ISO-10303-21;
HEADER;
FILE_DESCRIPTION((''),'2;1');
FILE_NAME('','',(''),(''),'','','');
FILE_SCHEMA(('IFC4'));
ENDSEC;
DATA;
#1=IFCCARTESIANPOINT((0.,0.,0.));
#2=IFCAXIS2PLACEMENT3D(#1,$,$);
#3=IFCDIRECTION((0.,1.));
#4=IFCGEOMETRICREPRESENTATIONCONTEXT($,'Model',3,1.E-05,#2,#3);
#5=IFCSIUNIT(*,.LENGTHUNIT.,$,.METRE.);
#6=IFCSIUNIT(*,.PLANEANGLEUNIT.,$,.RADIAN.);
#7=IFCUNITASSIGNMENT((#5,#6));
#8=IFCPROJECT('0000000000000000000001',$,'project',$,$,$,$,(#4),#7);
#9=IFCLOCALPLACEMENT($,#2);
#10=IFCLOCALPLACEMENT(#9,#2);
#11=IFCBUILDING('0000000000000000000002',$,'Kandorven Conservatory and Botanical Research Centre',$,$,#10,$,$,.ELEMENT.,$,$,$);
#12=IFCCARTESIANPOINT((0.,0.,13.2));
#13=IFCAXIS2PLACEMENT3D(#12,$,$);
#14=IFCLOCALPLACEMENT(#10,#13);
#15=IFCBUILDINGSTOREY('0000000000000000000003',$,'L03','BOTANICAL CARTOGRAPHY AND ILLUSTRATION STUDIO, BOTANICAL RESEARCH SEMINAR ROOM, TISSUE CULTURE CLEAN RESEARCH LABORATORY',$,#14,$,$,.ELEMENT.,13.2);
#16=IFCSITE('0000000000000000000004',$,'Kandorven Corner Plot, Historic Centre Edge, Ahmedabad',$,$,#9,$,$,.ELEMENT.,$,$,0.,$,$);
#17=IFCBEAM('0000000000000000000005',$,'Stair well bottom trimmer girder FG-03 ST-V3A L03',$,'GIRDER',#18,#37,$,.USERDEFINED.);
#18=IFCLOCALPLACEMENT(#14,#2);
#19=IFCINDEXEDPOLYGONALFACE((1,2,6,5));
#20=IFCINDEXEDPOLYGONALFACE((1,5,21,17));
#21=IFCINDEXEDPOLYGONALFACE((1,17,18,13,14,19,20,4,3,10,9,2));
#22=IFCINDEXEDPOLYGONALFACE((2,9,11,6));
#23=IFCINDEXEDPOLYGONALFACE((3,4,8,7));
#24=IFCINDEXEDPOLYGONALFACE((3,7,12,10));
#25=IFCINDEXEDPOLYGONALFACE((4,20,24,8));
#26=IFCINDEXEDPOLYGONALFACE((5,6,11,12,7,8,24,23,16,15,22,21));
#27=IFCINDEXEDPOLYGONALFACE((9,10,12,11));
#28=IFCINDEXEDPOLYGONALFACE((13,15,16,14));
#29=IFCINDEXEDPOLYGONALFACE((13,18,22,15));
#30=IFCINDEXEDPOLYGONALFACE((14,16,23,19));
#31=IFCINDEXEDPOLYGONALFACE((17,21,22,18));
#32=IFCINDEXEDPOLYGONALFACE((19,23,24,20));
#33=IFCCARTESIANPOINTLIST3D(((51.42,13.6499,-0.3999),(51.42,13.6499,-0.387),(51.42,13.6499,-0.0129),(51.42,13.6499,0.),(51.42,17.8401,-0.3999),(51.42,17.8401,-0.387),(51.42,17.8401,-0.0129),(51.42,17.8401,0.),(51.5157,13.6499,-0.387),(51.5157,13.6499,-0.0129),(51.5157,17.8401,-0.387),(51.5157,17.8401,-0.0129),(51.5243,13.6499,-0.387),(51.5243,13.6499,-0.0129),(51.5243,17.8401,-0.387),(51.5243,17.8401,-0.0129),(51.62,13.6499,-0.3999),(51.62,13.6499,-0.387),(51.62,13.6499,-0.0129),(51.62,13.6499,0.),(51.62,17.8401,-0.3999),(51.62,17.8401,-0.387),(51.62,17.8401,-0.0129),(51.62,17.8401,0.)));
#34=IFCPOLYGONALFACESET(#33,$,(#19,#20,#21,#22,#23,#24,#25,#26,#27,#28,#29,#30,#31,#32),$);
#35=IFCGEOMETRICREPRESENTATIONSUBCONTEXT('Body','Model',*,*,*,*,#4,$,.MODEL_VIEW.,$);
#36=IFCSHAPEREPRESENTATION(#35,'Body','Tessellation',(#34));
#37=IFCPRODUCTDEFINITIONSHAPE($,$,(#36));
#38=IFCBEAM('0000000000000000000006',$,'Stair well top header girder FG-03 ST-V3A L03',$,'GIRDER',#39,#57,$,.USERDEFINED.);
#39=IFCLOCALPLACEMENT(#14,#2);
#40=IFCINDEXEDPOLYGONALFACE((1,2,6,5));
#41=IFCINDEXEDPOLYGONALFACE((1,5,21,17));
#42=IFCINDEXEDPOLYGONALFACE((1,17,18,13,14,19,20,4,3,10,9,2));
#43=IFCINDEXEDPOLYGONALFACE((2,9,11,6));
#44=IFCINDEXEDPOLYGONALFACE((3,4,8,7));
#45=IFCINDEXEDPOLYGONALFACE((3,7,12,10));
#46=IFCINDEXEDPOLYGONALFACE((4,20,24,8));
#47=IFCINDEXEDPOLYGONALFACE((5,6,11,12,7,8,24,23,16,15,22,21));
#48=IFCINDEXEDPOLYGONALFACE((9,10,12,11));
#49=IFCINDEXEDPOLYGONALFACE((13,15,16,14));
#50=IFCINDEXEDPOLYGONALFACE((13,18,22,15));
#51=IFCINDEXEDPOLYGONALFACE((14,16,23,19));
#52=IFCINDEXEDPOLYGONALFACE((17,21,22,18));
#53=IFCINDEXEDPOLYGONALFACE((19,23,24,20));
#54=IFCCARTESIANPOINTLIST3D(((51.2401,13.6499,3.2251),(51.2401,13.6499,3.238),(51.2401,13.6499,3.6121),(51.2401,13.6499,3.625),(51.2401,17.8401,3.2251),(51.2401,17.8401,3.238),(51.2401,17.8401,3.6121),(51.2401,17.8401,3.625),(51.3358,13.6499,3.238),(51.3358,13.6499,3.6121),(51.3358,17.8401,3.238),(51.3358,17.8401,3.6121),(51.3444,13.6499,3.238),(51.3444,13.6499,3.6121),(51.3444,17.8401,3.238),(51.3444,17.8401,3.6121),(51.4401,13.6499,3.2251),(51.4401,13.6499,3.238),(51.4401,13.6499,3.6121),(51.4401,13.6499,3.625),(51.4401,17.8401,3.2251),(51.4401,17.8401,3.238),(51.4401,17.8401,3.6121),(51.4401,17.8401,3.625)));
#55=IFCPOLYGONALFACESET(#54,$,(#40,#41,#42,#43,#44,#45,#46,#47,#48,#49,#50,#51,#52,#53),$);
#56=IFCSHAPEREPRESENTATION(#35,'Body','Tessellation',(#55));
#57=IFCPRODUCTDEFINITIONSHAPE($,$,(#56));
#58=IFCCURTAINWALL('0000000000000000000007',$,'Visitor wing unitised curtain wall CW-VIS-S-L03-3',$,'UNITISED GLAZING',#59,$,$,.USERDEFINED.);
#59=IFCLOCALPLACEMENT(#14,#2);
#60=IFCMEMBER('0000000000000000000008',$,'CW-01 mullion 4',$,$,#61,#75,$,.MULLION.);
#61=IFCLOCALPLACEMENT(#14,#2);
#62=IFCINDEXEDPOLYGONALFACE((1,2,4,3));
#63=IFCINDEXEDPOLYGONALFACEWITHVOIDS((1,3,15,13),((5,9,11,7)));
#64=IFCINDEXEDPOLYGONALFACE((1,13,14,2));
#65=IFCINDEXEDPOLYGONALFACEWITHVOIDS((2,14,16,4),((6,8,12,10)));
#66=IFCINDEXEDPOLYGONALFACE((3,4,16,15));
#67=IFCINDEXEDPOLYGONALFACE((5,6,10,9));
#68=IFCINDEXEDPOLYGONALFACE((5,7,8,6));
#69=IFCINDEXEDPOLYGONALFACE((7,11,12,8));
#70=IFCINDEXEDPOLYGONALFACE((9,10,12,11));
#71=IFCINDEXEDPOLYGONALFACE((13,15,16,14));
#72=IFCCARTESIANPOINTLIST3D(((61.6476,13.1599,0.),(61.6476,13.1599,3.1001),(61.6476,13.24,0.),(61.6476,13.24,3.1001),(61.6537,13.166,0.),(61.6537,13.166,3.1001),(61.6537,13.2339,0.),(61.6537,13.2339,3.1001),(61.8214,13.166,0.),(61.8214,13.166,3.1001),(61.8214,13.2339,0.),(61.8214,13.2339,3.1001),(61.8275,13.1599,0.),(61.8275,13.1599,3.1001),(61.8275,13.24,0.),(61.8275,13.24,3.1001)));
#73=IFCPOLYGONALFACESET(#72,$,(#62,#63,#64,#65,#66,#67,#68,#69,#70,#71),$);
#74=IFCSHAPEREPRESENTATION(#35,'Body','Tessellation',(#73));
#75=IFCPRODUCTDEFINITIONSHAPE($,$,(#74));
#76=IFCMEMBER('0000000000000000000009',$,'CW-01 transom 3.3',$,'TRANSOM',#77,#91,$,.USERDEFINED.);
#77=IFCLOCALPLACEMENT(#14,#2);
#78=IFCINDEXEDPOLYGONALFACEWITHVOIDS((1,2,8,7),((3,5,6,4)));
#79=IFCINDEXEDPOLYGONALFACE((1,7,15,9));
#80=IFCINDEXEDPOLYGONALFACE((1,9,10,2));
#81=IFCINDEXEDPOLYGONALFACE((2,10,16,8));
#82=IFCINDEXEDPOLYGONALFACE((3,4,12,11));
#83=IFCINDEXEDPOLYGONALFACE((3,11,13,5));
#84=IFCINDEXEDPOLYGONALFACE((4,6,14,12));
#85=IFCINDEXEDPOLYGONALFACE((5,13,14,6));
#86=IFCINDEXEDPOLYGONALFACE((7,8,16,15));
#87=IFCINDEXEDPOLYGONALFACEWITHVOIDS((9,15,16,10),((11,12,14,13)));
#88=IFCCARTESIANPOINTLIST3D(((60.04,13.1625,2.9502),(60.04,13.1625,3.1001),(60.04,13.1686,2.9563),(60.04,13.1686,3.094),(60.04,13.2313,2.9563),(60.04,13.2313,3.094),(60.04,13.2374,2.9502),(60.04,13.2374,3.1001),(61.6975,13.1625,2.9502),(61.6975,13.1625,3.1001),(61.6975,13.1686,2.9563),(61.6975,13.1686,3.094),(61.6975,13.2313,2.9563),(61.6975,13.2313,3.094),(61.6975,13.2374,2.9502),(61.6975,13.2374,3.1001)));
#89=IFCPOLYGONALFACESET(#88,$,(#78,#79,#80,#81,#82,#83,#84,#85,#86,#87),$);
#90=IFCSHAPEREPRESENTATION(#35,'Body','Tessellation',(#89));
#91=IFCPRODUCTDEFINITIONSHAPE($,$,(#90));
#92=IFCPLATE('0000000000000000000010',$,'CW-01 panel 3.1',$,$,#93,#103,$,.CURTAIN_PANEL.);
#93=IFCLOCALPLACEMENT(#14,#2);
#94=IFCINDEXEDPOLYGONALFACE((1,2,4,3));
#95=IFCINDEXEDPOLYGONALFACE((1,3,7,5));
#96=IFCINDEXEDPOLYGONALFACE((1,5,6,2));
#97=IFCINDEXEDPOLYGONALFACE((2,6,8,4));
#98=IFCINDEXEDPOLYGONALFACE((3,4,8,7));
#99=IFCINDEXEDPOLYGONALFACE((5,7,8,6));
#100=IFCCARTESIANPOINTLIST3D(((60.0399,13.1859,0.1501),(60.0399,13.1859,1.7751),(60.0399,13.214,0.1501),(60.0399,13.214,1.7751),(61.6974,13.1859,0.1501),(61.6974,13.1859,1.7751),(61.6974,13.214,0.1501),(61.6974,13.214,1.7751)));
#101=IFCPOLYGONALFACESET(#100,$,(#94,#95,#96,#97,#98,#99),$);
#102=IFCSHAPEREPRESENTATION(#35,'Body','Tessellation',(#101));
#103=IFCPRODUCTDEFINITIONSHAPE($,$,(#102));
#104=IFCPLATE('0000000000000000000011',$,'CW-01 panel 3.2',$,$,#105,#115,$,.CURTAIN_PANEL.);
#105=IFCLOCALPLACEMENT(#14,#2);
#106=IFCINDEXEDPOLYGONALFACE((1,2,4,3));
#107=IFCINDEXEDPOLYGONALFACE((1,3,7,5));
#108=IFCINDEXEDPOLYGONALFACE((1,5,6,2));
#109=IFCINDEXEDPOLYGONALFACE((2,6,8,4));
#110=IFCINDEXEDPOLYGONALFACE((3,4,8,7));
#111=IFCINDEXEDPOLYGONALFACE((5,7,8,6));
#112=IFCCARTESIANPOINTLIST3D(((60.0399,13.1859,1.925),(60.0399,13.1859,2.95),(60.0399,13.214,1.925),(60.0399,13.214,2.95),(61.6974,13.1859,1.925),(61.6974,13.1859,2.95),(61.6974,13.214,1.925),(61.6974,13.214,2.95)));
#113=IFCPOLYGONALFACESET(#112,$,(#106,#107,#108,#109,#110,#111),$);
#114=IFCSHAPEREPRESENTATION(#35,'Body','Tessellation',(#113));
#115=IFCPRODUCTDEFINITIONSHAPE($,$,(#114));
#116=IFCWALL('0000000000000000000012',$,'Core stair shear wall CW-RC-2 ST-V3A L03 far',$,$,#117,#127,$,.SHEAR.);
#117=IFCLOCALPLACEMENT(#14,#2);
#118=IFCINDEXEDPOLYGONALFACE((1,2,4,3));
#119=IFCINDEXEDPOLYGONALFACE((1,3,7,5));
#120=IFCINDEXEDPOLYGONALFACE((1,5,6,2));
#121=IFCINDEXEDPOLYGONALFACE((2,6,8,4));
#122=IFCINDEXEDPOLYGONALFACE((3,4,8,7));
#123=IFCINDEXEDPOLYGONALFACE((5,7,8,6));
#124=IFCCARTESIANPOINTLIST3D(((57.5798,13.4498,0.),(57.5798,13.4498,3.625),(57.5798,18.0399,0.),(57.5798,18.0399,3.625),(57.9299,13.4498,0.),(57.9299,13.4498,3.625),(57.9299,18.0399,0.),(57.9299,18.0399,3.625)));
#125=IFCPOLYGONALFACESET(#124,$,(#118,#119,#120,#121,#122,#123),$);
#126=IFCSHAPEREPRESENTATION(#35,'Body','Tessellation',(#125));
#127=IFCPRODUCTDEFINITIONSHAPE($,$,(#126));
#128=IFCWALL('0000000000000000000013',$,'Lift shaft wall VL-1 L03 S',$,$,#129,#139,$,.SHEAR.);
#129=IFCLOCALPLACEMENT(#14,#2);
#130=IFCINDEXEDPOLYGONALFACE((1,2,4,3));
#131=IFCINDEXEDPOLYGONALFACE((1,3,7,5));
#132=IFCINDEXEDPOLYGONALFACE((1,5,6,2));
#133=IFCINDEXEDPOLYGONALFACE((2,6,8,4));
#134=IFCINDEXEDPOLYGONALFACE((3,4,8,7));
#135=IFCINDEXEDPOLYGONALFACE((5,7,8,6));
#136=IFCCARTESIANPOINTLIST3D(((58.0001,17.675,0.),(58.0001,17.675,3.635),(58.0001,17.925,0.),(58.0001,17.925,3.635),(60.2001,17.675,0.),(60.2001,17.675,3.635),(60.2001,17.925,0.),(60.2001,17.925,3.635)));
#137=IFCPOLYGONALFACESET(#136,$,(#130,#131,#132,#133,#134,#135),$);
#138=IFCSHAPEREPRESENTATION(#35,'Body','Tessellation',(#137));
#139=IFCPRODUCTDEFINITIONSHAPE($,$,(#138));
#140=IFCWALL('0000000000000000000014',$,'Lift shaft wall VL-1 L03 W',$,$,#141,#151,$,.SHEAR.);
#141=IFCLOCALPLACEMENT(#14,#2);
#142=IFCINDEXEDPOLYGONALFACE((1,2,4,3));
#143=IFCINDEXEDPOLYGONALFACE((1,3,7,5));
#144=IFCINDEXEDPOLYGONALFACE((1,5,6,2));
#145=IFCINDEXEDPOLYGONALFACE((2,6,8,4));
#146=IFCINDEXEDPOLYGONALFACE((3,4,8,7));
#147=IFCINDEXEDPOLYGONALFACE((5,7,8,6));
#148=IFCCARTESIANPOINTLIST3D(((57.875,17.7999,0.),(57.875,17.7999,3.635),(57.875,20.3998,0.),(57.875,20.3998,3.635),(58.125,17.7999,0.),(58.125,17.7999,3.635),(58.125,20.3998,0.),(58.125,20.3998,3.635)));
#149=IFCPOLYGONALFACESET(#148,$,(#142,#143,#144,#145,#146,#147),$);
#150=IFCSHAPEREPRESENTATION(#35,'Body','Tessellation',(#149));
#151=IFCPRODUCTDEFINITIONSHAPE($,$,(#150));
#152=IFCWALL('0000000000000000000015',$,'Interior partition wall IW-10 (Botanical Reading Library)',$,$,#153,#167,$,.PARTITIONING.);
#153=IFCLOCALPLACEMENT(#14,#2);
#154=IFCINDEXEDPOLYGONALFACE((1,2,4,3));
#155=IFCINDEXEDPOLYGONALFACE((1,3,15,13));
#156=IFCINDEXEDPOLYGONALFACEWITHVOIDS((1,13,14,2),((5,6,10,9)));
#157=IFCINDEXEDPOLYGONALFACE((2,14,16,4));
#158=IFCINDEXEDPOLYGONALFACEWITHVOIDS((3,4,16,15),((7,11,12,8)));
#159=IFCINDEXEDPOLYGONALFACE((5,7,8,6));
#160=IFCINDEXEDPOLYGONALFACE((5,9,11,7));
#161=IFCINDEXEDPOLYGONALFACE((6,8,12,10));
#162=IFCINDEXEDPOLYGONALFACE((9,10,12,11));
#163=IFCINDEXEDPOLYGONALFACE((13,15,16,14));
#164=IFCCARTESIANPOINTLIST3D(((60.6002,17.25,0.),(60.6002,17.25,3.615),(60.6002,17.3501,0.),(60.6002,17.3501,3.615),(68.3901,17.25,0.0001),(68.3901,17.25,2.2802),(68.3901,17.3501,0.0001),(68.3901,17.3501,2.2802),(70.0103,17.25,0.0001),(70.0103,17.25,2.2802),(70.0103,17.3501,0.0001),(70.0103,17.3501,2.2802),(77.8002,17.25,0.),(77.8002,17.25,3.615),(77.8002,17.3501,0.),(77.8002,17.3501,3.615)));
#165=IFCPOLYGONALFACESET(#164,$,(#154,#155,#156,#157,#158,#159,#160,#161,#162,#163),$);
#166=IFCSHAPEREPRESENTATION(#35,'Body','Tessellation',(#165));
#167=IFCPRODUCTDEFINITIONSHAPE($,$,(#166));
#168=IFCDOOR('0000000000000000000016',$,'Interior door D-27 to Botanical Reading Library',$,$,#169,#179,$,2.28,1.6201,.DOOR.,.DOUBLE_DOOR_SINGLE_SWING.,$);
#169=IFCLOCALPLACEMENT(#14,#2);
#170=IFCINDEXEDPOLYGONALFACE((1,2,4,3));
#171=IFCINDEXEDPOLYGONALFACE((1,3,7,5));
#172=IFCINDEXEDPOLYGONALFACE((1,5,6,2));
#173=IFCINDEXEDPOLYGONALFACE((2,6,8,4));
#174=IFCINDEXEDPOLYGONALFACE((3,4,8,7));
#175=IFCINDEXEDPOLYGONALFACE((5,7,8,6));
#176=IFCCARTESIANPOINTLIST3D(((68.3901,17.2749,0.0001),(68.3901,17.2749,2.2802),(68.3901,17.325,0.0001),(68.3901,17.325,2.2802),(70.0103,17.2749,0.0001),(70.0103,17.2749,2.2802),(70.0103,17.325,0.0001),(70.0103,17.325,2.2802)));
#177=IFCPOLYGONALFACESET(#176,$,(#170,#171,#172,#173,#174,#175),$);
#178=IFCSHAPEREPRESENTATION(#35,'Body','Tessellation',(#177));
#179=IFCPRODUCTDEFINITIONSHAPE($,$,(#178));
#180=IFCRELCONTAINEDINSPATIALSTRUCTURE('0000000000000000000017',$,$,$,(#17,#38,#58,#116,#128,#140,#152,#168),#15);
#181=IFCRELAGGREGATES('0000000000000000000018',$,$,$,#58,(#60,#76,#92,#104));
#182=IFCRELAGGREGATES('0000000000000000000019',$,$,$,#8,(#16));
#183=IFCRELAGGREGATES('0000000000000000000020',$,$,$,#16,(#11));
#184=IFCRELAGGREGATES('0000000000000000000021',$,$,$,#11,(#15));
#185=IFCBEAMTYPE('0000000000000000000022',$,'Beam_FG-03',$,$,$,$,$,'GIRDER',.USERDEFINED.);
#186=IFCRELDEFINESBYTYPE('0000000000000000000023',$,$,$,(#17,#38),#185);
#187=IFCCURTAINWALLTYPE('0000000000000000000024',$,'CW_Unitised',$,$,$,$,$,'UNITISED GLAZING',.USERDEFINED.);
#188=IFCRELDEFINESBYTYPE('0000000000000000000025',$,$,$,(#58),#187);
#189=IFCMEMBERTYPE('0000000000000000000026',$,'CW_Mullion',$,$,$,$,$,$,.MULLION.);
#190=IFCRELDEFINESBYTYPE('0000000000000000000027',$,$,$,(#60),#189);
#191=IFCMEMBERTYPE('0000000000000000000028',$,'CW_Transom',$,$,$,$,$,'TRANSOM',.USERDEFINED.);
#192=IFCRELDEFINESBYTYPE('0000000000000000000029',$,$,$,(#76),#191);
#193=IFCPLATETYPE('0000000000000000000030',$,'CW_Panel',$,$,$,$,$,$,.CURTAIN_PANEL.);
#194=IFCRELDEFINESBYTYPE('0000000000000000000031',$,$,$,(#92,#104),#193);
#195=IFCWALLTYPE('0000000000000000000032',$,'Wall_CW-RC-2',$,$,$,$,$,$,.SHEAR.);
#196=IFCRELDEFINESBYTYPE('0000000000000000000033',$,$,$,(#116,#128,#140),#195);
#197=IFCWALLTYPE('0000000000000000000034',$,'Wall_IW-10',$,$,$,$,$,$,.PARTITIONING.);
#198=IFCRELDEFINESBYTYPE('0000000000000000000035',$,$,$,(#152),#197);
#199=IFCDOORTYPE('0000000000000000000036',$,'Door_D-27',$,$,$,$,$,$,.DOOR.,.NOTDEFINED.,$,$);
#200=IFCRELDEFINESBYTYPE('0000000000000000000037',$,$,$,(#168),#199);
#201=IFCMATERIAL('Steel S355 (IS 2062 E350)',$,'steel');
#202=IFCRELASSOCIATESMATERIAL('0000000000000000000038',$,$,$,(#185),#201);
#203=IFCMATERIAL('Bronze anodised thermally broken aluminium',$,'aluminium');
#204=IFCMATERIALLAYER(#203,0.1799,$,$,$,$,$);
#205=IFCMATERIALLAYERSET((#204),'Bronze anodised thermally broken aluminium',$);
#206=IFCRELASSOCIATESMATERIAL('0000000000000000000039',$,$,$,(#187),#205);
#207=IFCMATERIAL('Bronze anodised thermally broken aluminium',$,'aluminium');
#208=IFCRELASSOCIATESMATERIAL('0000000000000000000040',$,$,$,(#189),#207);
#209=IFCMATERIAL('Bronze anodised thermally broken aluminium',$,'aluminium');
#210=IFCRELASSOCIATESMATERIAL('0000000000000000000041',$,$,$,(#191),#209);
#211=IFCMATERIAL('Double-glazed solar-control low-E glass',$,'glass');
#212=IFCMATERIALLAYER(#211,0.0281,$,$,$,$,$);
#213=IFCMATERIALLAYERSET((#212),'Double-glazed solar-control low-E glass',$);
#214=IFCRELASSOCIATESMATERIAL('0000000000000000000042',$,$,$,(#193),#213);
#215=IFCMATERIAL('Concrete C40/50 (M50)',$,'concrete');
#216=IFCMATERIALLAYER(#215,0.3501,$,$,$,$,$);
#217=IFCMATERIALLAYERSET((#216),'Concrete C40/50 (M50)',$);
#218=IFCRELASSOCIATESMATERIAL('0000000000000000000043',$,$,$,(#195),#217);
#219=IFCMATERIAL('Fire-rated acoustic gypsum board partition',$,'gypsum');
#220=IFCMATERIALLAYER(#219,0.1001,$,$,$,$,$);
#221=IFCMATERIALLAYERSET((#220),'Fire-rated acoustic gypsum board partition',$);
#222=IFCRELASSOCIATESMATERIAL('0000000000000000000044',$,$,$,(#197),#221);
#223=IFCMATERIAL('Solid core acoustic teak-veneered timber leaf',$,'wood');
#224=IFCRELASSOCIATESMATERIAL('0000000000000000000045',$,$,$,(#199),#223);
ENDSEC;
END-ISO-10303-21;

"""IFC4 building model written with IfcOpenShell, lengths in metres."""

from ifc_helpers import new_model, si_unit, direction, frame, frame_2d, origin, origin_2d, place, context, subcontext, project, spatial, rectangle, hollow_rectangle, i_section, extrude, material, layer, layer_set, material_profile, profile_set, type_object, element, fill, aggregate, save


model = new_model("IFC4")

# Units and contexts
model_context = context("Model", 3, precision=1e-05, world=origin(), true_north=direction((0.0, 1.0)))
body_context = subcontext(model_context, "Body", "Model", "MODEL_VIEW")
ifc_project = project(units=[si_unit("LENGTHUNIT", "METRE"), si_unit("PLANEANGLEUNIT", "RADIAN")], contexts=[model_context])

# Site, building, storey
site_placement = place(None, origin())
site = spatial("IfcSite", under=ifc_project, at=site_placement, Name="Kandorven Corner Plot, Historic Centre Edge, Ahmedabad", CompositionType="ELEMENT", RefElevation=0.0)
building_placement = place(site_placement, origin())
building = spatial("IfcBuilding", under=site, at=building_placement, Name="Kandorven Conservatory and Botanical Research Centre", CompositionType="ELEMENT")
storey_placement = place(building_placement, frame((0.0, 0.0, 13.2)))
storey = spatial("IfcBuildingStorey", under=building, at=storey_placement, Name="L03", Description="BOTANICAL CARTOGRAPHY AND ILLUSTRATION STUDIO, BOTANICAL RESEARCH SEMINAR ROOM, TISSUE CULTURE CLEAN RESEARCH LABORATORY", CompositionType="ELEMENT", Elevation=13.2)

# Beams
ifc_material_1 = material(Name="Steel S355 (IS 2062 E350)", Category="steel")
ifc_material_profile_1 = material_profile(ifc_material_1, i_section(OverallWidth=0.2, OverallDepth=0.3999, WebThickness=0.0085, FlangeThickness=0.0129, at=origin_2d()))
ifc_profile_set_1 = profile_set([ifc_material_profile_1], Name="Steel S355 (IS 2062 E350)")
beam_type = type_object("IfcBeamType", Name="Beam_FG-03", ElementType="GIRDER", PredefinedType="USERDEFINED", material=ifc_profile_set_1)
for number, where, z_axis, x_axis, name in (
    (1, (51.52, 13.6499, -0.2), (0.0, 1.0, 0.0), (-1.0, 0.0, 0.0), "Stair well bottom trimmer girder FG-03 ST-V3A L03"),
    (2, (51.3401, 13.6499, 3.425), (0.0, 1.0, 0.0), (-1.0, 0.0, 0.0), "Stair well top header girder FG-03 ST-V3A L03"),
):
    element("IfcBeam", number, at=place(storey_placement, frame(where, z_axis=z_axis, x_axis=x_axis)), inside=storey, type_object=beam_type, Name=name, ObjectType="GIRDER", PredefinedType="USERDEFINED", context=body_context, shape_type="SweptSolid", body=[
        extrude(i_section(OverallWidth=0.2, OverallDepth=0.3999, WebThickness=0.0085, FlangeThickness=0.0129, at=origin_2d()), origin(), (0.0, 0.0, 1.0), 4.1902),
    ])

# Curtain wall, members, plates
ifc_material_2 = material(Name="Bronze anodised thermally broken aluminium", Category="aluminium")
ifc_layer_1 = layer(ifc_material_2, 0.1799)
ifc_layer_set_1 = layer_set([ifc_layer_1], Name="Bronze anodised thermally broken aluminium")
curtain_wall_type = type_object("IfcCurtainWallType", Name="CW_Unitised", ElementType="UNITISED GLAZING", PredefinedType="USERDEFINED", material=ifc_layer_set_1)
curtain_wall_placement = place(storey_placement, origin())
curtain_wall = element("IfcCurtainWall", 3, at=curtain_wall_placement, inside=storey, type_object=curtain_wall_type, Name="Visitor wing unitised curtain wall CW-VIS-S-L03-3", ObjectType="UNITISED GLAZING", PredefinedType="USERDEFINED")
ifc_material_3 = material(Name="Bronze anodised thermally broken aluminium", Category="aluminium")
ifc_material_profile_2 = material_profile(ifc_material_3, hollow_rectangle(XDim=0.0801, YDim=0.1799, WallThickness=0.0061, at=origin_2d()))
ifc_profile_set_2 = profile_set([ifc_material_profile_2], Name="Bronze anodised thermally broken aluminium")
member_type_1 = type_object("IfcMemberType", Name="CW_Mullion", PredefinedType="MULLION", material=ifc_profile_set_2)
member_1_placement = place(storey_placement, frame((61.7375, 13.2, 0.0), z_axis=(0.0, 0.0, 1.0), x_axis=(0.0, 1.0, 0.0)))
member_1 = element("IfcMember", 4, at=member_1_placement, type_object=member_type_1, Name="CW-01 mullion 4", PredefinedType="MULLION", context=body_context, shape_type="SweptSolid", body=[
    extrude(hollow_rectangle(XDim=0.0801, YDim=0.1799, WallThickness=0.0061, at=origin_2d()), origin(), (0.0, 0.0, 1.0), 3.1001),
])
ifc_material_4 = material(Name="Bronze anodised thermally broken aluminium", Category="aluminium")
ifc_material_profile_3 = material_profile(ifc_material_4, hollow_rectangle(XDim=0.075, YDim=0.1499, WallThickness=0.0061, at=origin_2d()))
ifc_profile_set_3 = profile_set([ifc_material_profile_3], Name="Bronze anodised thermally broken aluminium")
member_type_2 = type_object("IfcMemberType", Name="CW_Transom", ElementType="TRANSOM", PredefinedType="USERDEFINED", material=ifc_profile_set_3)
member_2_placement = place(storey_placement, frame((60.04, 13.2, 3.0251), z_axis=(1.0, 0.0, 0.0), x_axis=(0.0, 1.0, 0.0)))
member_2 = element("IfcMember", 5, at=member_2_placement, type_object=member_type_2, Name="CW-01 transom 3.3", ObjectType="TRANSOM", PredefinedType="USERDEFINED", context=body_context, shape_type="SweptSolid", body=[
    extrude(hollow_rectangle(XDim=0.075, YDim=0.1499, WallThickness=0.0061, at=origin_2d()), origin(), (0.0, 0.0, 1.0), 1.6575),
])
ifc_material_5 = material(Name="Double-glazed solar-control low-E glass", Category="glass")
ifc_layer_2 = layer(ifc_material_5, 0.0281)
ifc_layer_set_2 = layer_set([ifc_layer_2], Name="Double-glazed solar-control low-E glass")
plate_type = type_object("IfcPlateType", Name="CW_Panel", PredefinedType="CURTAIN_PANEL", material=ifc_layer_set_2)
plate_1_placement = place(storey_placement, frame((60.8687, 13.2, 0.1501), z_axis=(0.0, 0.0, 1.0), x_axis=(1.0, 0.0, 0.0)))
plate_1 = element("IfcPlate", 6, at=plate_1_placement, type_object=plate_type, Name="CW-01 panel 3.1", PredefinedType="CURTAIN_PANEL", context=body_context, shape_type="SweptSolid", body=[
    extrude(rectangle(XDim=1.6575, YDim=0.0281, at=origin_2d()), origin(), (0.0, 0.0, 1.0), 1.625),
])
plate_2_placement = place(storey_placement, frame((60.8687, 13.2, 1.925), z_axis=(0.0, 0.0, 1.0), x_axis=(1.0, 0.0, 0.0)))
plate_2 = element("IfcPlate", 7, at=plate_2_placement, type_object=plate_type, Name="CW-01 panel 3.2", PredefinedType="CURTAIN_PANEL", context=body_context, shape_type="SweptSolid", body=[
    extrude(rectangle(XDim=1.6575, YDim=0.0281, at=origin_2d()), origin(), (0.0, 0.0, 1.0), 1.0249),
])
aggregate(curtain_wall, [member_1, member_2, plate_1, plate_2])

# Walls
ifc_material_6 = material(Name="Concrete C40/50 (M50)", Category="concrete")
ifc_layer_3 = layer(ifc_material_6, 0.3501)
ifc_layer_set_3 = layer_set([ifc_layer_3], Name="Concrete C40/50 (M50)")
wall_type_1 = type_object("IfcWallType", Name="Wall_CW-RC-2", PredefinedType="SHEAR", material=ifc_layer_set_3)
wall_1_placement = place(storey_placement, frame((57.7549, 13.45, 0.0), z_axis=(0.0, 0.0, 1.0), x_axis=(0.0, 1.0, 0.0)))
element("IfcWall", 8, at=wall_1_placement, inside=storey, type_object=wall_type_1, Name="Core stair shear wall CW-RC-2 ST-V3A L03 far", PredefinedType="SHEAR", context=body_context, shape_type="SweptSolid", body=[
    extrude(rectangle(XDim=4.5901, YDim=0.3501, at=frame_2d((2.2949, 0.0))), origin(), (0.0, 0.0, 1.0), 3.625),
])
wall_2_placement = place(storey_placement, frame((58.0, 17.8, 0.0), z_axis=(0.0, 0.0, 1.0), x_axis=(1.0, 0.0, 0.0)))
element("IfcWall", 9, at=wall_2_placement, inside=storey, type_object=wall_type_1, Name="Lift shaft wall VL-1 L03 S", PredefinedType="SHEAR", context=body_context, shape_type="SweptSolid", body=[
    extrude(rectangle(XDim=2.2, YDim=0.25, at=frame_2d((1.1001, 0.0))), origin(), (0.0, 0.0, 1.0), 3.635),
])
wall_3_placement = place(storey_placement, frame((58.0, 17.8, 0.0), z_axis=(0.0, 0.0, 1.0), x_axis=(0.0, 1.0, 0.0)))
element("IfcWall", 10, at=wall_3_placement, inside=storey, type_object=wall_type_1, Name="Lift shaft wall VL-1 L03 W", PredefinedType="SHEAR", context=body_context, shape_type="SweptSolid", body=[
    extrude(rectangle(XDim=2.5999, YDim=0.25, at=frame_2d((1.2998, 0.0))), origin(), (0.0, 0.0, 1.0), 3.635),
])

# Wall, opening, door
ifc_material_7 = material(Name="Fire-rated acoustic gypsum board partition", Category="gypsum")
ifc_layer_4 = layer(ifc_material_7, 0.1001)
ifc_layer_set_4 = layer_set([ifc_layer_4], Name="Fire-rated acoustic gypsum board partition")
wall_type_2 = type_object("IfcWallType", Name="Wall_IW-10", PredefinedType="PARTITIONING", material=ifc_layer_set_4)
wall_4_placement = place(storey_placement, frame((60.6001, 17.3, 0.0), z_axis=(0.0, 0.0, 1.0), x_axis=(1.0, 0.0, 0.0)))
wall_4 = element("IfcWall", 11, at=wall_4_placement, inside=storey, type_object=wall_type_2, Name="Interior partition wall IW-10 (Botanical Reading Library)", PredefinedType="PARTITIONING", context=body_context, shape_type="SweptSolid", body=[
    extrude(rectangle(XDim=17.2, YDim=0.1001, at=frame_2d((8.6001, 0.0))), origin(), (0.0, 0.0, 1.0), 3.615),
])
opening_placement = place(wall_4_placement, frame((7.79, 0.0, 0.0)))
opening = element("IfcOpeningElement", 12, at=opening_placement, cuts=wall_4, PredefinedType="OPENING", context=body_context, shape_type="SweptSolid", body=[
    extrude(rectangle(XDim=1.6201, YDim=2.28, at=frame_2d((0.8101, 1.1401))), frame((0.0, 0.0601, 0.0), z_axis=(0.0, -1.0, 0.0), x_axis=(1.0, 0.0, 0.0)), (0.0, 0.0, 1.0), 0.1201),
])
ifc_material_8 = material(Name="Solid core acoustic teak-veneered timber leaf", Category="wood")
door_type = type_object("IfcDoorType", Name="Door_D-27", OperationType="NOTDEFINED", PredefinedType="DOOR", material=ifc_material_8)
door_placement = place(opening_placement, origin())
door = element("IfcDoor", 13, at=door_placement, inside=storey, type_object=door_type, Name="Interior door D-27 to Botanical Reading Library", OperationType="DOUBLE_DOOR_SINGLE_SWING", OverallHeight=2.28, OverallWidth=1.6201, PredefinedType="DOOR", context=body_context, shape_type="SweptSolid", body=[
    extrude(rectangle(XDim=1.6201, YDim=2.28, at=frame_2d((0.8101, 1.1401))), frame((0.0, 0.0249, 0.0), z_axis=(0.0, -1.0, 0.0), x_axis=(1.0, 0.0, 0.0)), (0.0, 0.0, 1.0), 0.05),
])
fill(opening, door)

save(model, "model.ifc")
